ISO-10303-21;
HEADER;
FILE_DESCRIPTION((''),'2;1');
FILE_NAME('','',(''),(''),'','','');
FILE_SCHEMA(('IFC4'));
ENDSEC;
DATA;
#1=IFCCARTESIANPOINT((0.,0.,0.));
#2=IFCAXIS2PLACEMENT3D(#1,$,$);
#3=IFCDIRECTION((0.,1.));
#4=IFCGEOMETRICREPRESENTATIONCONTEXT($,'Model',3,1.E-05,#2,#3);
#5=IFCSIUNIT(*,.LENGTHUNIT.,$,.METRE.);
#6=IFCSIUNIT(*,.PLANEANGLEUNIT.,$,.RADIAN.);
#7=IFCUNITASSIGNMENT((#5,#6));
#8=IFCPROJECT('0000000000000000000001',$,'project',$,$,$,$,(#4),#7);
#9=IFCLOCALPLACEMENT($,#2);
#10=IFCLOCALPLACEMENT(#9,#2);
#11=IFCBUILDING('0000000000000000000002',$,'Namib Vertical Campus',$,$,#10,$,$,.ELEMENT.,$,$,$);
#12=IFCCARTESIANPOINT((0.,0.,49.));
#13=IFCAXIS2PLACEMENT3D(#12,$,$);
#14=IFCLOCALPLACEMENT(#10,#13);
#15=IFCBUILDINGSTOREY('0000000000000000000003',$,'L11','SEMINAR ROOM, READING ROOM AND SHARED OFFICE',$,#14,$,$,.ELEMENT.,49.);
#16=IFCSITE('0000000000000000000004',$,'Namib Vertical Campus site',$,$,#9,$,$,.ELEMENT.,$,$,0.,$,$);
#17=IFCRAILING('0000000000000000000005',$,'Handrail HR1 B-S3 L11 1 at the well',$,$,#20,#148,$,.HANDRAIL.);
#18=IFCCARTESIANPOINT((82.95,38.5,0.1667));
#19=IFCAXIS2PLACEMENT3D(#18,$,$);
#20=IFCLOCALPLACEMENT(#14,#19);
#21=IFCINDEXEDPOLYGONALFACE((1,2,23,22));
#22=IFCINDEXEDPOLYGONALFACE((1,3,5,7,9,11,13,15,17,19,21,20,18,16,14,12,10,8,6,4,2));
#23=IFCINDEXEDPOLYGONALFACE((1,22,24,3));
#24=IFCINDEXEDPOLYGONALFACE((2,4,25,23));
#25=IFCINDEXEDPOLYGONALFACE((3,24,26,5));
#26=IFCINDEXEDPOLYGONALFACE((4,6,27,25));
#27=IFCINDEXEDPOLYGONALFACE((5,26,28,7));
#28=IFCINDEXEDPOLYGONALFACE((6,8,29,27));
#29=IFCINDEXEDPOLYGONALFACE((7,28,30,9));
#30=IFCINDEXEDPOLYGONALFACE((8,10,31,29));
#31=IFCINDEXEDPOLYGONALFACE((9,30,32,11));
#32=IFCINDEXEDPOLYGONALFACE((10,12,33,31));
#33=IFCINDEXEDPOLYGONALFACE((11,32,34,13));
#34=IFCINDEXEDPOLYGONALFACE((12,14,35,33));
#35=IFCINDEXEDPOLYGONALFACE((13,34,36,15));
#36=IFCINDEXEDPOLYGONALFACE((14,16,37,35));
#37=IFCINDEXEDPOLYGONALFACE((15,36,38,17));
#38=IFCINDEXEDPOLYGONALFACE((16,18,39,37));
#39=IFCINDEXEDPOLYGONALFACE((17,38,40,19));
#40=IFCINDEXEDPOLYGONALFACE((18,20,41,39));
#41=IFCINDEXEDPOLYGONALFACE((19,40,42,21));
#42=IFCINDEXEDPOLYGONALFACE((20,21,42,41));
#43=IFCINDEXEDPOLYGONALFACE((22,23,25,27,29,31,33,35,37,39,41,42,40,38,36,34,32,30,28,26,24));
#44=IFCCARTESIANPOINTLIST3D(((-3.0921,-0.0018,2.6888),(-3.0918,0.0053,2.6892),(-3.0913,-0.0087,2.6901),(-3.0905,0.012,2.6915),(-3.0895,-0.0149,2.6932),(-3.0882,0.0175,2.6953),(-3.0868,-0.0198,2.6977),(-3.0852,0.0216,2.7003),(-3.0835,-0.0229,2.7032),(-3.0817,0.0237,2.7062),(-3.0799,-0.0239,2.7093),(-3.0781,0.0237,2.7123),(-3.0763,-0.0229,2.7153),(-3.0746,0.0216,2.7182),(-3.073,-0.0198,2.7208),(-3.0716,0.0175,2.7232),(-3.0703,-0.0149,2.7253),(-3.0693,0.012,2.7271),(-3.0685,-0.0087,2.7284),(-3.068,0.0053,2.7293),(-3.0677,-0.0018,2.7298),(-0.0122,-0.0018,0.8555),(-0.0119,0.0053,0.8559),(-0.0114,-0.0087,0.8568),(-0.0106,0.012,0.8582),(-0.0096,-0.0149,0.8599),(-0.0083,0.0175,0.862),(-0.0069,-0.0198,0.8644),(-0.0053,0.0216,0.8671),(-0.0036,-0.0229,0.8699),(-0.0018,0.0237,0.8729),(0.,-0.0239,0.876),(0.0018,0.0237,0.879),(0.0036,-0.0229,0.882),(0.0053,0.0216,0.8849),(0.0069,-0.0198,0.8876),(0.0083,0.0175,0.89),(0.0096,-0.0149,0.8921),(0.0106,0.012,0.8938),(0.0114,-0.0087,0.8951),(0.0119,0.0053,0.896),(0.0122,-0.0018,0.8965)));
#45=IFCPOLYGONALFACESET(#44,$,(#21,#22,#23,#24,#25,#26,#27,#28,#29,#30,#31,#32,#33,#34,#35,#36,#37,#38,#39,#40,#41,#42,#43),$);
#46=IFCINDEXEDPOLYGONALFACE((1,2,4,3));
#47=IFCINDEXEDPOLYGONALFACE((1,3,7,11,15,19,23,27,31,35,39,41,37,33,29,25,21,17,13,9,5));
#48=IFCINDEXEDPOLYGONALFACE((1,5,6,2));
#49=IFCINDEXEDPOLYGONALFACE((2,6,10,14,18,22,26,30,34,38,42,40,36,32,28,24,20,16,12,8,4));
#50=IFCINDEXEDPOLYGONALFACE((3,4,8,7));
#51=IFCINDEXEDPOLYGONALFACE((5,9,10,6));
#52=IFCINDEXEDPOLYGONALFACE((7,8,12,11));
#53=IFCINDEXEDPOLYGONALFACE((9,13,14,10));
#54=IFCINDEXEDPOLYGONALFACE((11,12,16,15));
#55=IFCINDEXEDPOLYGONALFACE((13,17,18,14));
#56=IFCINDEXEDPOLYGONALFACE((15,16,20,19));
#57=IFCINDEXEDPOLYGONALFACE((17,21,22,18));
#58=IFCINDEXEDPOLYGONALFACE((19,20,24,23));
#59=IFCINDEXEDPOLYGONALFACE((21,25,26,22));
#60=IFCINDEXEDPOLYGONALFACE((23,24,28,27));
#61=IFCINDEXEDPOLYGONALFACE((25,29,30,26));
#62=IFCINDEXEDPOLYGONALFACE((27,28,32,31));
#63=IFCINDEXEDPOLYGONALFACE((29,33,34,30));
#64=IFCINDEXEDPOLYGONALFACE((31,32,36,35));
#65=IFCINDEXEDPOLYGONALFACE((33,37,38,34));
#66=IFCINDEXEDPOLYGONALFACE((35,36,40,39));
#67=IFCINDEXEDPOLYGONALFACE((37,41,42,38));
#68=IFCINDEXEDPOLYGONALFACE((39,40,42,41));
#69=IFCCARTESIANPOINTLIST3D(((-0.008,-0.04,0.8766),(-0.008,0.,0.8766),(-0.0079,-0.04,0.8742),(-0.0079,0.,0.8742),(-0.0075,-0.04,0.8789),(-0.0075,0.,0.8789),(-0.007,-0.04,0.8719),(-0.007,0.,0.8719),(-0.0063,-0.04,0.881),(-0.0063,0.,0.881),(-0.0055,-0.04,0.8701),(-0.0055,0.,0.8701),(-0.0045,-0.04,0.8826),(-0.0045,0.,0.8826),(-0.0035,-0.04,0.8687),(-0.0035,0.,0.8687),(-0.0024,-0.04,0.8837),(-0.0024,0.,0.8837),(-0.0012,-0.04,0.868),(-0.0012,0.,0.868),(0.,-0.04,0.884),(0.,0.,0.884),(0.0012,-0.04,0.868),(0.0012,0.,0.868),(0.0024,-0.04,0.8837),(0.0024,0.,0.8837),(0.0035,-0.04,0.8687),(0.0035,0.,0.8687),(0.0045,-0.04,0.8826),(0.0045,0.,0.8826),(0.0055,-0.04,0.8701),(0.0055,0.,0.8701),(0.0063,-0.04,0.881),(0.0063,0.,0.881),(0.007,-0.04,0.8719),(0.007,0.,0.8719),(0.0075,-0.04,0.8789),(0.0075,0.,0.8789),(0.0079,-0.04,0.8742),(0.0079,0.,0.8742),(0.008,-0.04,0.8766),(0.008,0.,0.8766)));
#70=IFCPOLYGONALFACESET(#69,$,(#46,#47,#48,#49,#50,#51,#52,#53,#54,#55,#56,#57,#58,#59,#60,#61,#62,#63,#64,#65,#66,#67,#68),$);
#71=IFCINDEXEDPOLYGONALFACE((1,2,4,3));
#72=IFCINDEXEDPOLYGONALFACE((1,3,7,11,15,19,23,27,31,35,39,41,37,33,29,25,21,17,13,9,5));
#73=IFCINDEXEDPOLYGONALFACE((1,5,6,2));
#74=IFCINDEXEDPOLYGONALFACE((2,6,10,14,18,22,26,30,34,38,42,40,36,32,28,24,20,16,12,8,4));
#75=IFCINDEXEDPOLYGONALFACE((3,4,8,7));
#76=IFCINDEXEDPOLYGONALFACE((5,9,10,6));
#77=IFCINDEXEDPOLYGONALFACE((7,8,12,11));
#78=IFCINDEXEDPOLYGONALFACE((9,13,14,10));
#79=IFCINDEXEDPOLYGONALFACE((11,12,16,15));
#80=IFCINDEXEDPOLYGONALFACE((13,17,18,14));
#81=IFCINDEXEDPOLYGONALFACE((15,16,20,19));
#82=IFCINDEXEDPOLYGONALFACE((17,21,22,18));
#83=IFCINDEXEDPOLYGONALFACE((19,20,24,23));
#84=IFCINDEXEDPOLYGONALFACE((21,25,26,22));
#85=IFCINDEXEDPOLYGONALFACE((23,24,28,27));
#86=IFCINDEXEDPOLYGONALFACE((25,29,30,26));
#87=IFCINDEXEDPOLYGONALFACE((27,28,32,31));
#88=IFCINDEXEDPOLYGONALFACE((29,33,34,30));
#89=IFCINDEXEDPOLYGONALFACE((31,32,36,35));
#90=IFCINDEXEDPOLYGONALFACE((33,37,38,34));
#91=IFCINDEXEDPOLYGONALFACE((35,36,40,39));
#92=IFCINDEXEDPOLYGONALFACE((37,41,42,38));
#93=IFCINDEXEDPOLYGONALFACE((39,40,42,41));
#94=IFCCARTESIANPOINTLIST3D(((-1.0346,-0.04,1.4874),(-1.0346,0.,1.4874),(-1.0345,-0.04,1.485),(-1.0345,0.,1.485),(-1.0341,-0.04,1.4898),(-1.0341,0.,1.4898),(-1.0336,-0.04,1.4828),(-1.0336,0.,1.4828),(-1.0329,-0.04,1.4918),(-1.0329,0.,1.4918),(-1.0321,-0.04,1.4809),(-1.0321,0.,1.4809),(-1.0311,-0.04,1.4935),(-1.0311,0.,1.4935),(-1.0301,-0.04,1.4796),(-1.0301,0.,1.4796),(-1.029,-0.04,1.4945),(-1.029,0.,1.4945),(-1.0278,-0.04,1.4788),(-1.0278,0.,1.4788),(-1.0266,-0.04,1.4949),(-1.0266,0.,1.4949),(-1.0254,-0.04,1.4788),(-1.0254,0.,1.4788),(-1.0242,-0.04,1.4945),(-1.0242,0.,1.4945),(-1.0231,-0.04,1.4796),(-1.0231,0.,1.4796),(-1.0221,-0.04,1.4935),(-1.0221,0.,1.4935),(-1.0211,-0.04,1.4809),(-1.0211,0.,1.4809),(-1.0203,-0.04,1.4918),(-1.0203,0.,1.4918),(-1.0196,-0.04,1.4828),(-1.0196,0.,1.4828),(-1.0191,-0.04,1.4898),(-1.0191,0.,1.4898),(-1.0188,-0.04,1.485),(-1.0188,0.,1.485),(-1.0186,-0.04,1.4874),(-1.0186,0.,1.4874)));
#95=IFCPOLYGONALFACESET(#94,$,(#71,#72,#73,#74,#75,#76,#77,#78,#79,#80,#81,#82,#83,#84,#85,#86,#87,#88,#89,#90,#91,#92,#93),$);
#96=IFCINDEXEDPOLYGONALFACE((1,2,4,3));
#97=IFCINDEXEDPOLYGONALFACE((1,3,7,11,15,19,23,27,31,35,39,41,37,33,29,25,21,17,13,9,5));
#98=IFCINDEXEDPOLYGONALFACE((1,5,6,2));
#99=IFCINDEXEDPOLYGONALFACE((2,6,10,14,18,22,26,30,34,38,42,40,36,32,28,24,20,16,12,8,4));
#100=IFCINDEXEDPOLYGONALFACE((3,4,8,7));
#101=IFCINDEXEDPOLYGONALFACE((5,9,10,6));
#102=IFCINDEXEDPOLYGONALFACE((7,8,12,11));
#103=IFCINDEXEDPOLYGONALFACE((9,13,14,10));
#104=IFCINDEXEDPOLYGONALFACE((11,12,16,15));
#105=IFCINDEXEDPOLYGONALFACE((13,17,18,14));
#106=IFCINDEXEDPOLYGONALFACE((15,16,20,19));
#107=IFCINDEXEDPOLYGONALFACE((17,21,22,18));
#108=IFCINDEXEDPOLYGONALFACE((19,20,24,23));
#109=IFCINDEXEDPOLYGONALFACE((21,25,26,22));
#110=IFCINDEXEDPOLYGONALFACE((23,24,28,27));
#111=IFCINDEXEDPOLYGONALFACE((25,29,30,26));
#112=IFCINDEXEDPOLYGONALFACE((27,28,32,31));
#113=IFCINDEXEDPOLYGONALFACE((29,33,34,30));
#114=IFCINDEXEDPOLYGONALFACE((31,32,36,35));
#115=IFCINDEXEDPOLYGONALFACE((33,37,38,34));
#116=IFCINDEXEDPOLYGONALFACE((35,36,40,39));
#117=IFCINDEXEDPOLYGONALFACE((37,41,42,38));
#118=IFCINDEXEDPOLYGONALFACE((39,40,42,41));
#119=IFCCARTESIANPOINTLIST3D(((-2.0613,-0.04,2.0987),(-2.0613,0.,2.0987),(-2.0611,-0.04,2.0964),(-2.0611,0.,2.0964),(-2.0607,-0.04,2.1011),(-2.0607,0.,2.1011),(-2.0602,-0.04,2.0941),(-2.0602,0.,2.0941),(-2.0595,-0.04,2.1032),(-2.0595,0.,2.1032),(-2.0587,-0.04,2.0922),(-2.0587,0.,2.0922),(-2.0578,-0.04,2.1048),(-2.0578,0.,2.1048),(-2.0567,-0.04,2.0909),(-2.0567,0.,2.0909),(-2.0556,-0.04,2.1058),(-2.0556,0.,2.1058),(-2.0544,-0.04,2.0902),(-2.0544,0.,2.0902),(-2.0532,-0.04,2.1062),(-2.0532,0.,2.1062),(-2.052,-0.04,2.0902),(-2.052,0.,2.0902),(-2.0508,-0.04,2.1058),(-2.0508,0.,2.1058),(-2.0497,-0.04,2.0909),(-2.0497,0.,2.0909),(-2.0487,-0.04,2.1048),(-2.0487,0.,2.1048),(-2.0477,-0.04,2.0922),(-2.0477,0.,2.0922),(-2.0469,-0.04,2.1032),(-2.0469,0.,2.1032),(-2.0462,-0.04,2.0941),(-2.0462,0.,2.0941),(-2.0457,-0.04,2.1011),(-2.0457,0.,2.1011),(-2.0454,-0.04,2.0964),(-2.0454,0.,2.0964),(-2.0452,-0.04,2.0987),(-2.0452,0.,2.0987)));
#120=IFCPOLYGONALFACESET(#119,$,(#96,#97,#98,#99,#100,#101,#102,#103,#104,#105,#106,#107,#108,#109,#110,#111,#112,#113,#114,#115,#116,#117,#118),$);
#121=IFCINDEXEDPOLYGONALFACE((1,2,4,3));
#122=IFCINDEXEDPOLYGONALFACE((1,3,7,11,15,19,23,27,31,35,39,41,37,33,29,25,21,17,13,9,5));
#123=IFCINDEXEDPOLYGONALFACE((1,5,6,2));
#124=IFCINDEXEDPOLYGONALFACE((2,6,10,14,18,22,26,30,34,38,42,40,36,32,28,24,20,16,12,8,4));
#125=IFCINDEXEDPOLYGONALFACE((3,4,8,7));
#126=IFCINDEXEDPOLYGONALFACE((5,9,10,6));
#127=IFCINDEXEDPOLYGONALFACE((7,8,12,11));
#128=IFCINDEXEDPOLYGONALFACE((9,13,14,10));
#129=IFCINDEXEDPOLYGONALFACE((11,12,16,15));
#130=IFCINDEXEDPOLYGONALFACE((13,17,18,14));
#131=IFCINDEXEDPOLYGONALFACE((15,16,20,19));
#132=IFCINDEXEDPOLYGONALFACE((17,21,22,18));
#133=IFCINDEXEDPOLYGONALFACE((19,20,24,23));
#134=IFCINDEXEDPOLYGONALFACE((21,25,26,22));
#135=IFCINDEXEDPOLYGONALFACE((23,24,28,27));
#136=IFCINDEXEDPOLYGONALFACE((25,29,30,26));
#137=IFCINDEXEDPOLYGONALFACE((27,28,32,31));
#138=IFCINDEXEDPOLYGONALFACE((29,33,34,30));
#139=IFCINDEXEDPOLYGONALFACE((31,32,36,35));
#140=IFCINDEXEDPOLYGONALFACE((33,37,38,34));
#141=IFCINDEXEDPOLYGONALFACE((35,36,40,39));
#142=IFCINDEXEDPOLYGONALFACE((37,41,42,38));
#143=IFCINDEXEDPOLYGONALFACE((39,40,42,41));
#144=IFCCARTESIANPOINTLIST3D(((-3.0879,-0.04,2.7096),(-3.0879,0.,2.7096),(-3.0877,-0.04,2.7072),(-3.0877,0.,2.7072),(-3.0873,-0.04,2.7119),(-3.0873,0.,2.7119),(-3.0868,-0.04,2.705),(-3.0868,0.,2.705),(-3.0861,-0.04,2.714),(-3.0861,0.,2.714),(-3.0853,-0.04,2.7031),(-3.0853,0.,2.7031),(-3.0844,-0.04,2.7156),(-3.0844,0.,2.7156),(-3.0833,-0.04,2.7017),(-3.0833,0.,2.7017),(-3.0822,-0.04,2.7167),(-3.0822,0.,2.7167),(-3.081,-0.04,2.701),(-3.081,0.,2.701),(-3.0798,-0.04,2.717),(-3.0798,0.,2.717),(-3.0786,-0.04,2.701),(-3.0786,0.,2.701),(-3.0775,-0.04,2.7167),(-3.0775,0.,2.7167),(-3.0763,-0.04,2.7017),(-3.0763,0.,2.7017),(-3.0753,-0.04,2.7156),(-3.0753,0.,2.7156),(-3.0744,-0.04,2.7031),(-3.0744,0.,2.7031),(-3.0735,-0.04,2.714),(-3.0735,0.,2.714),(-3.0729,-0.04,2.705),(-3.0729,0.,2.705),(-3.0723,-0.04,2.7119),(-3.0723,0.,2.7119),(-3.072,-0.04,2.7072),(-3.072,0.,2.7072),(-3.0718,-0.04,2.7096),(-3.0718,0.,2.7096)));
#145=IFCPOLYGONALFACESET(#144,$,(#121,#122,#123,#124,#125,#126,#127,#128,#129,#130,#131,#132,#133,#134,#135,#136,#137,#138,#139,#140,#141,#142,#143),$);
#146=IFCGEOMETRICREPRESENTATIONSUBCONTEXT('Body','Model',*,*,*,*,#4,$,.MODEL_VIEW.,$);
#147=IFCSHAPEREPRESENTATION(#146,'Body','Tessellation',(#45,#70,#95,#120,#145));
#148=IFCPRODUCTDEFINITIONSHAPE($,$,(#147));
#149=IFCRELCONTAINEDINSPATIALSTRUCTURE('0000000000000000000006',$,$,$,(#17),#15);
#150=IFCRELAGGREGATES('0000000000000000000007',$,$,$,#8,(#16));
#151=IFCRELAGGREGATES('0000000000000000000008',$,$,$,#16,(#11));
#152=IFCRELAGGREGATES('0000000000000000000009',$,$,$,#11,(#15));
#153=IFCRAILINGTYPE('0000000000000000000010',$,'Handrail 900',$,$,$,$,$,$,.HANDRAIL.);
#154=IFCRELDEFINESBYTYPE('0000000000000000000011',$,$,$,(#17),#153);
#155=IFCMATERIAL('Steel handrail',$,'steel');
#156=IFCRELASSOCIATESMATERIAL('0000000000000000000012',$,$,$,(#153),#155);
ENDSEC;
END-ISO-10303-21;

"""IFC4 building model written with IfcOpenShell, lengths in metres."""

from ifc_helpers import new_model, si_unit, direction, frame, origin, origin_2d, place, context, subcontext, project, spatial, circle, extrude, material, type_object, element, save


model = new_model("IFC4")

# Units and contexts
model_context = context("Model", 3, precision=1e-05, world=origin(), true_north=direction((0.0, 1.0)))
body_context = subcontext(model_context, "Body", "Model", "MODEL_VIEW")
ifc_project = project(units=[si_unit("LENGTHUNIT", "METRE"), si_unit("PLANEANGLEUNIT", "RADIAN")], contexts=[model_context])

# Site, building, storey
site_placement = place(None, origin())
site = spatial("IfcSite", under=ifc_project, at=site_placement, Name="Namib Vertical Campus site", CompositionType="ELEMENT", RefElevation=0.0)
building_placement = place(site_placement, origin())
building = spatial("IfcBuilding", under=site, at=building_placement, Name="Namib Vertical Campus", CompositionType="ELEMENT")
storey_placement = place(building_placement, frame((0.0, 0.0, 49.0)))
storey = spatial("IfcBuildingStorey", under=building, at=storey_placement, Name="L11", Description="SEMINAR ROOM, READING ROOM AND SHARED OFFICE", CompositionType="ELEMENT", Elevation=49.0)

# Railing
ifc_material_1 = material(Name="Steel handrail", Category="steel")
railing_type_1 = type_object("IfcRailingType", Name="Handrail 900", PredefinedType="HANDRAIL", material=ifc_material_1)
railing_1_placement = place(storey_placement, frame((82.95, 38.5, 0.1667)))
element("IfcRailing", 1, at=railing_1_placement, inside=storey, type_object=railing_type_1, Name="Handrail HR1 B-S3 L11 1 at the well", PredefinedType="HANDRAIL", context=body_context, shape_type="SweptSolid", body=[
    extrude(circle(Radius=0.0239, at=origin_2d()), frame((0.0, 0.0, 0.876), z_axis=(-0.859291, 0.0, 0.511487), x_axis=(0.0, -1.0, 0.0)), (0.0, 0.0, 1.0), 3.5842),
    extrude(circle(Radius=0.0081, at=origin_2d()), frame((0.0, 0.0, 0.876), z_axis=(0.0, -1.0, 0.0), x_axis=(0.0, 0.0, 1.0)), (0.0, 0.0, 1.0), 0.04),
    extrude(circle(Radius=0.0081, at=origin_2d()), frame((-1.0266, 0.0, 1.4868), z_axis=(0.0, -1.0, 0.0), x_axis=(0.0, 0.0, 1.0)), (0.0, 0.0, 1.0), 0.04),
    extrude(circle(Radius=0.0081, at=origin_2d()), frame((-2.0532, 0.0, 2.0981), z_axis=(0.0, -1.0, 0.0), x_axis=(0.0, 0.0, 1.0)), (0.0, 0.0, 1.0), 0.04),
    extrude(circle(Radius=0.0081, at=origin_2d()), frame((-3.0798, 0.0, 2.709), z_axis=(0.0, -1.0, 0.0), x_axis=(0.0, 0.0, 1.0)), (0.0, 0.0, 1.0), 0.04),
])

save(model, "model.ifc")
